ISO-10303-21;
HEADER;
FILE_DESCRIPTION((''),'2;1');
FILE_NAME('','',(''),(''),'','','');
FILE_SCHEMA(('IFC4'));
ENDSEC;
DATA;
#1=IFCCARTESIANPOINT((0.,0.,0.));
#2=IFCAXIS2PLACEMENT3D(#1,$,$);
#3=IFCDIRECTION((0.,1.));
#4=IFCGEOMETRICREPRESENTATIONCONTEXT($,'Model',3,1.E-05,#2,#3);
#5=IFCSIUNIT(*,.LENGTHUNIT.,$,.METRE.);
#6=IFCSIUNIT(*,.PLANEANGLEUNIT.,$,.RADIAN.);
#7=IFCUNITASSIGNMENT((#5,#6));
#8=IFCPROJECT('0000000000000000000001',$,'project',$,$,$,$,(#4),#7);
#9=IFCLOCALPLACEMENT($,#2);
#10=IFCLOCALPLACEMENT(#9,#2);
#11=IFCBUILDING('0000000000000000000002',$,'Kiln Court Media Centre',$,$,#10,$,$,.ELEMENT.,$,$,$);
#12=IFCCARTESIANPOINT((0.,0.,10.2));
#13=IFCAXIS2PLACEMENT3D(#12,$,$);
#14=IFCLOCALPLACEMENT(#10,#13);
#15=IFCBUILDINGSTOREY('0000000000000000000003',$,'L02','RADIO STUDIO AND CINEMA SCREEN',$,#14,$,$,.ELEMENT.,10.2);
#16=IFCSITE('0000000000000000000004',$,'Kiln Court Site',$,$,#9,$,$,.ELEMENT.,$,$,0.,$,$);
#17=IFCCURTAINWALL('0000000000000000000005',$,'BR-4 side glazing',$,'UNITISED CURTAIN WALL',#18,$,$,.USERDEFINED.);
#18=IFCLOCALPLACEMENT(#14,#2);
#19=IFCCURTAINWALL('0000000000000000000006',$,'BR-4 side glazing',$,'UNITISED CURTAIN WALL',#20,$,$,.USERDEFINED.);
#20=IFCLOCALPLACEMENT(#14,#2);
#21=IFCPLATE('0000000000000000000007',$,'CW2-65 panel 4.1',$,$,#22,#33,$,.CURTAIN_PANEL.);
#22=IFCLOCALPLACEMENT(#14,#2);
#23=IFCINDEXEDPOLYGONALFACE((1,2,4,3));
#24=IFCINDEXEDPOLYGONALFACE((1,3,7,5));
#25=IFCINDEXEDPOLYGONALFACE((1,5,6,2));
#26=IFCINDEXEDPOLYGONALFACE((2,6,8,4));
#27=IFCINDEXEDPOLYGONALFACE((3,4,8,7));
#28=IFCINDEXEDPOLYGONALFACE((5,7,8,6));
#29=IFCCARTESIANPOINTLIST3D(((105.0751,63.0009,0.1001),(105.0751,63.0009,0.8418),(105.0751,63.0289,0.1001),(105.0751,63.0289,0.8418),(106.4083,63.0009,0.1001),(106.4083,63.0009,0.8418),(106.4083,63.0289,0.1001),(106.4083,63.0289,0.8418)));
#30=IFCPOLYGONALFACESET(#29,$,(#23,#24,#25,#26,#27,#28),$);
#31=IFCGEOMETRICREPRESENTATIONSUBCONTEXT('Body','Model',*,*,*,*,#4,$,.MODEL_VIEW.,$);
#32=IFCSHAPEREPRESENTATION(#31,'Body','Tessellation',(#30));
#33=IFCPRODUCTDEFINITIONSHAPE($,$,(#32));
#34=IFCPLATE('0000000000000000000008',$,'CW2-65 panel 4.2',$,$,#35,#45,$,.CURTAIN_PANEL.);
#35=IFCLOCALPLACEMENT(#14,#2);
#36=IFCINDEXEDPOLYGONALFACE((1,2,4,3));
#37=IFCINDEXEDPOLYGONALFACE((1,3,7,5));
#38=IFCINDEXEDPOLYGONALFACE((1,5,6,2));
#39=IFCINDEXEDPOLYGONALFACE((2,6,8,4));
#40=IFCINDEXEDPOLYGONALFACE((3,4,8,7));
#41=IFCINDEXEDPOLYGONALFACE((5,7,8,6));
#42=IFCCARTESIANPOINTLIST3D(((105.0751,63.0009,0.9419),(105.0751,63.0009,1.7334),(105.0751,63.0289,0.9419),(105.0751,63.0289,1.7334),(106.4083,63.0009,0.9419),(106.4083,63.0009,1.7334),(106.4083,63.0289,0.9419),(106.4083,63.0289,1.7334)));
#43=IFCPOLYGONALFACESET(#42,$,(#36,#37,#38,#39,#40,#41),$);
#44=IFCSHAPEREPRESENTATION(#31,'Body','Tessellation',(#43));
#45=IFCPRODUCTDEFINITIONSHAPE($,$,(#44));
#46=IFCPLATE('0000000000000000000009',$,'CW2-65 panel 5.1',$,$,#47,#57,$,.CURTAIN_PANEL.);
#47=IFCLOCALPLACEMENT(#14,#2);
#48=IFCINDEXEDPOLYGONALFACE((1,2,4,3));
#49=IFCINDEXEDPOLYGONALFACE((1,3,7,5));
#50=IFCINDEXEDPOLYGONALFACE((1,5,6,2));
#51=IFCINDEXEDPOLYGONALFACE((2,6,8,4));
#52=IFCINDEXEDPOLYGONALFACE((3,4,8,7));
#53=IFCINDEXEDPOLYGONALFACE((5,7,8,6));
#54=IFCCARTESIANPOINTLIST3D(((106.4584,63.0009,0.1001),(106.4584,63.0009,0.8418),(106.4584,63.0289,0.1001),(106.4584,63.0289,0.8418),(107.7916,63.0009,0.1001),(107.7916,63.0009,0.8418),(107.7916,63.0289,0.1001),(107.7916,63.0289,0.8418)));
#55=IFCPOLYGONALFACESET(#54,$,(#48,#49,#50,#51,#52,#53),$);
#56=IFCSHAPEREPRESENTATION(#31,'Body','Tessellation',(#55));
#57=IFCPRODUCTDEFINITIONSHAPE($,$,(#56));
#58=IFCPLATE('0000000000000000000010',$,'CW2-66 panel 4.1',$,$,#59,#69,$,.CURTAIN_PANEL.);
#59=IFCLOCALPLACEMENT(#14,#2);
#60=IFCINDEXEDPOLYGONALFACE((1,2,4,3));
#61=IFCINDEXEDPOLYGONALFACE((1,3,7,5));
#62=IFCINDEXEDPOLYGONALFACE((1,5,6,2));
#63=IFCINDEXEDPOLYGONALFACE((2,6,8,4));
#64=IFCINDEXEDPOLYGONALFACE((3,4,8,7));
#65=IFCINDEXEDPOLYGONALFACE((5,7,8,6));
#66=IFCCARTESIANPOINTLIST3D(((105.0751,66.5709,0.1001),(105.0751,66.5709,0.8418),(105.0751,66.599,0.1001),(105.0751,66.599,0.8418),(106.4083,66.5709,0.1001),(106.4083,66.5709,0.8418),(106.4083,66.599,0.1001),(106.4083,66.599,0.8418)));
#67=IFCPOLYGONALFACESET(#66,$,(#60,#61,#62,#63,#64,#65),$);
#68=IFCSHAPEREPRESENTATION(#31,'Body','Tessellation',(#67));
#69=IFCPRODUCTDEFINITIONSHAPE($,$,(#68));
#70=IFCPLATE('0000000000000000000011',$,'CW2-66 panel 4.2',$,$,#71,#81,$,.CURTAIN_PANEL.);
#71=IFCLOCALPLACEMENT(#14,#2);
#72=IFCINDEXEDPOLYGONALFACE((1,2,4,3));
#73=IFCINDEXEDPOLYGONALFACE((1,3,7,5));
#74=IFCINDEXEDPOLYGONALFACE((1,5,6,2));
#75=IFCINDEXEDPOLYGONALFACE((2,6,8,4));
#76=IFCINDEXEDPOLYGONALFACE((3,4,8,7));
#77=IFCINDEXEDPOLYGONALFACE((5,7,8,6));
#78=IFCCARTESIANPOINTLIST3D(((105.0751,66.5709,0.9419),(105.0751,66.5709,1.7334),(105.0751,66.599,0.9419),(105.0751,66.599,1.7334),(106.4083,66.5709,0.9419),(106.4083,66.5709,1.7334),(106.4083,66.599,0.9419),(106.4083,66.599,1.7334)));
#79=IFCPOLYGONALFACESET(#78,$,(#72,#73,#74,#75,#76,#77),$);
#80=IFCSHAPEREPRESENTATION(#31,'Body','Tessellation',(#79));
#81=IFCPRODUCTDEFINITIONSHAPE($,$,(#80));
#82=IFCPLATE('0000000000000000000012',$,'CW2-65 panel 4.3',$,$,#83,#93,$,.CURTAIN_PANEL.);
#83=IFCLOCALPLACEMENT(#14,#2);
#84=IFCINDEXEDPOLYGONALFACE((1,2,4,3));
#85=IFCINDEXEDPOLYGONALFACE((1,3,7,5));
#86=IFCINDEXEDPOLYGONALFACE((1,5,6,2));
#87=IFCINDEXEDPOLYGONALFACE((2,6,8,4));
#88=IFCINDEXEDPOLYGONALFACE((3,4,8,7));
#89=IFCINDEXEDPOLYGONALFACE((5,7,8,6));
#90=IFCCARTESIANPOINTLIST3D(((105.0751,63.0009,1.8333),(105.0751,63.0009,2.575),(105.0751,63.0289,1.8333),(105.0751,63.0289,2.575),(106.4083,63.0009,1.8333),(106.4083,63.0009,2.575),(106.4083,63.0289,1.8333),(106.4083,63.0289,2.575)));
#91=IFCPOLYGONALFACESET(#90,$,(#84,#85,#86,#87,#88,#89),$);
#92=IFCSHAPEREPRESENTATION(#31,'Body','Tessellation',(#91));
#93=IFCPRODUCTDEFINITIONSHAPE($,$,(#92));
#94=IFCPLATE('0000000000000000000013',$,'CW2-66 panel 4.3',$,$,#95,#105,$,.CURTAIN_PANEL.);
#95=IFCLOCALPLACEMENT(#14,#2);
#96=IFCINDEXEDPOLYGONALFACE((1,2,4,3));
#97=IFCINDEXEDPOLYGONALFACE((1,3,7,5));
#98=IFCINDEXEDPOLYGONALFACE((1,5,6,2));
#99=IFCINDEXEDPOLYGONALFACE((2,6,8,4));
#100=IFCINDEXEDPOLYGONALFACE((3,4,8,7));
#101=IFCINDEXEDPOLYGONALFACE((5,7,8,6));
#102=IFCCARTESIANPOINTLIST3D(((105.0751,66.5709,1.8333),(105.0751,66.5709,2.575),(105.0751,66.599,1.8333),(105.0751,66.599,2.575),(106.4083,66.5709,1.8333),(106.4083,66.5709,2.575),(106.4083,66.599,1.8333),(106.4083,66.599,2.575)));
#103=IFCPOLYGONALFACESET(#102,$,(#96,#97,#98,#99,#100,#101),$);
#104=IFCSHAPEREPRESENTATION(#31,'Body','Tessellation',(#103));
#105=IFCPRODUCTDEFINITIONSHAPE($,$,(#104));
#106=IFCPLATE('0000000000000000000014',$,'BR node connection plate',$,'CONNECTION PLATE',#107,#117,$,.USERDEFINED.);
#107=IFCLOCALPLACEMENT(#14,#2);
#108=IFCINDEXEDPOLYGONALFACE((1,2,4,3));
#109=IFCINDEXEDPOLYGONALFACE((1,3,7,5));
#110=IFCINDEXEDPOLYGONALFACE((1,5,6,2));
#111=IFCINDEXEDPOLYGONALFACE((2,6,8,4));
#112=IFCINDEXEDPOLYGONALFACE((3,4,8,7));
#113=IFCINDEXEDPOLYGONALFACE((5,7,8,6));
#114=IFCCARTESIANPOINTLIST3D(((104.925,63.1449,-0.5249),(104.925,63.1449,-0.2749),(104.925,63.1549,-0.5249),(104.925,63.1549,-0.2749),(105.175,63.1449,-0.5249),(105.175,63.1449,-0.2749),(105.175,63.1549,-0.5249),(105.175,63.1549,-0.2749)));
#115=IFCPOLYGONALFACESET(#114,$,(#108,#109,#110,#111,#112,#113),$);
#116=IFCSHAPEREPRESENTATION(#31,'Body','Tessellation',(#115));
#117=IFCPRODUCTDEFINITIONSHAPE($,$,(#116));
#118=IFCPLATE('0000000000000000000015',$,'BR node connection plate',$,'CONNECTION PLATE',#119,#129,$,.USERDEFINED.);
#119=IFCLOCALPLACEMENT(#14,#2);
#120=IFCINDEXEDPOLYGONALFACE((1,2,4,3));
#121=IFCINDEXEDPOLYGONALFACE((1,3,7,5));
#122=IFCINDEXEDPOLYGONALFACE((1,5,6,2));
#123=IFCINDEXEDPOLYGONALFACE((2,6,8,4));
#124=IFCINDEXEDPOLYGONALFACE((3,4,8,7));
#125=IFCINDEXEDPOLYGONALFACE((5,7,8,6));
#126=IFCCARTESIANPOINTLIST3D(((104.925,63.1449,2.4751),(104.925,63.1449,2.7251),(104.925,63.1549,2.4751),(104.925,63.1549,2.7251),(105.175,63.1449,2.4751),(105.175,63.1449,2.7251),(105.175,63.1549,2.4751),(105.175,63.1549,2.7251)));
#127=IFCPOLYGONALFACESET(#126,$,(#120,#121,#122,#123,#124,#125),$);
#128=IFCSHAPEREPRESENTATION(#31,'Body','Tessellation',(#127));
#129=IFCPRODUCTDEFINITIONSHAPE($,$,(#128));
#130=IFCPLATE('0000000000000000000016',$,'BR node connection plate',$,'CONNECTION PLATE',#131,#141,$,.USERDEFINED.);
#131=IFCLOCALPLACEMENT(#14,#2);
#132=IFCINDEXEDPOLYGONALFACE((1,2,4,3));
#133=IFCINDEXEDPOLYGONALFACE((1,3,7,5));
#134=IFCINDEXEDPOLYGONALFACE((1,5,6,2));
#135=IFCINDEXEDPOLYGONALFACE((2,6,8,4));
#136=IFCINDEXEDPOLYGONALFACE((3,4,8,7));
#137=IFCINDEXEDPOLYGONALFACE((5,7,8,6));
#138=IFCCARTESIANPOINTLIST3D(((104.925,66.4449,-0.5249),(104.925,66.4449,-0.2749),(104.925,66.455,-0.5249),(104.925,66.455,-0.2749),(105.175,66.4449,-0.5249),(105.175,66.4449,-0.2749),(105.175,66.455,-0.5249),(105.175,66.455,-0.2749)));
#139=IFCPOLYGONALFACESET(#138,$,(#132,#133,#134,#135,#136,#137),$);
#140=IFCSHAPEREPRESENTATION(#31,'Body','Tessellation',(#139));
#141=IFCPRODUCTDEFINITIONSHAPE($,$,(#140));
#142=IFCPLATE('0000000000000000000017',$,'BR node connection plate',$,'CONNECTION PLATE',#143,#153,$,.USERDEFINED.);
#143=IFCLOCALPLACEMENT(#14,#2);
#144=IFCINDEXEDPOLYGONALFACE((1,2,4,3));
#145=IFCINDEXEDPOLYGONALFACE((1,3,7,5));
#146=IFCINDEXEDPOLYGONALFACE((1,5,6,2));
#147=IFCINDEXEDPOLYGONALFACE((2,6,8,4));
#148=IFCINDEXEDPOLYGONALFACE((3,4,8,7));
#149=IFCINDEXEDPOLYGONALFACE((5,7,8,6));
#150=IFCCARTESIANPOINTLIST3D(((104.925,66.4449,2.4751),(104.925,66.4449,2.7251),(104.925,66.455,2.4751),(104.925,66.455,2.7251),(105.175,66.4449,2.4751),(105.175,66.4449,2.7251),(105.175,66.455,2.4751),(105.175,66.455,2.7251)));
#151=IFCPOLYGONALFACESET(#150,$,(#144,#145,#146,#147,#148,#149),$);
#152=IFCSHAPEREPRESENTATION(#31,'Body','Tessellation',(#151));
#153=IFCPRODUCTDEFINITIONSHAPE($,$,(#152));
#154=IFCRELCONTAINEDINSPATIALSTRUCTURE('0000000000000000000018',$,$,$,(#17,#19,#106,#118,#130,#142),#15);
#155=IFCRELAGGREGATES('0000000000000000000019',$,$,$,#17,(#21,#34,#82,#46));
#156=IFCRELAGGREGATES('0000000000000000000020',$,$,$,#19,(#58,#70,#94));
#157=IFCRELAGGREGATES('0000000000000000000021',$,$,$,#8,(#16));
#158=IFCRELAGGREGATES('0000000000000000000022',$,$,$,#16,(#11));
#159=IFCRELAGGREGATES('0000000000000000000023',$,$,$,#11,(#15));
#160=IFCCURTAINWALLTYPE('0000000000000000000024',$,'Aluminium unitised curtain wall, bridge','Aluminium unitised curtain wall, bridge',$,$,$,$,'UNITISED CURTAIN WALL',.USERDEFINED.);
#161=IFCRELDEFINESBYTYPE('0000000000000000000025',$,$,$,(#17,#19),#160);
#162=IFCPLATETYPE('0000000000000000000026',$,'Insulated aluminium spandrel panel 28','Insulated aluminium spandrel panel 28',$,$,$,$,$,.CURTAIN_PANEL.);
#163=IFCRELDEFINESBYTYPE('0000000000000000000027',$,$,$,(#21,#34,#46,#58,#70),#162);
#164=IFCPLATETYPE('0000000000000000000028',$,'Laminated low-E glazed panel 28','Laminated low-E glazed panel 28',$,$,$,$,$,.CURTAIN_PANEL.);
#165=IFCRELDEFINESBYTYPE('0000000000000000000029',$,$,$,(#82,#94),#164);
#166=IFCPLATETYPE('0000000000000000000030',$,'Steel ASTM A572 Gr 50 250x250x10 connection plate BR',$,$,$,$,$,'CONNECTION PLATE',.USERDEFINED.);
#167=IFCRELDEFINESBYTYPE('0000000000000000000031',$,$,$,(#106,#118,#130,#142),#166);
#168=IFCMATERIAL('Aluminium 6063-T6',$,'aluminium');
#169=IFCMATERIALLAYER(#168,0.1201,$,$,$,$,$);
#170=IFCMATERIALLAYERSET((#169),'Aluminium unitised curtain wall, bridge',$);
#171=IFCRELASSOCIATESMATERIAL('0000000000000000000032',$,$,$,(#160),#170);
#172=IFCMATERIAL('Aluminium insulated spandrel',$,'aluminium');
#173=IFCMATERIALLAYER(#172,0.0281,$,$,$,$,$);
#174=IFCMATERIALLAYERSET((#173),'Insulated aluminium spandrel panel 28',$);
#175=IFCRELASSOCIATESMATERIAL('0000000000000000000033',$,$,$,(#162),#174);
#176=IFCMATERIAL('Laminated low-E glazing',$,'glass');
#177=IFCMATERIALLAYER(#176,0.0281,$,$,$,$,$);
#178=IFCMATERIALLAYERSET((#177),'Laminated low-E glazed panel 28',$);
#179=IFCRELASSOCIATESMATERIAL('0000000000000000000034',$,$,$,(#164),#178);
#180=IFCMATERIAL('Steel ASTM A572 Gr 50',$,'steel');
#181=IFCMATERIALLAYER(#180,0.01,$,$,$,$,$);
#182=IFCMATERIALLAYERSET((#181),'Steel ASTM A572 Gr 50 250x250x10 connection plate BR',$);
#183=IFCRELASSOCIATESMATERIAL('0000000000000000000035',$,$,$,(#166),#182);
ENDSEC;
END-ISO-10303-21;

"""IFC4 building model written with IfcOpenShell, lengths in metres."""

from ifc_helpers import new_model, si_unit, direction, frame, origin, origin_2d, place, context, subcontext, project, spatial, rectangle, extrude, material, layer, layer_set, type_object, element, aggregate, save


model = new_model("IFC4")

# Units and contexts
model_context = context("Model", 3, precision=1e-05, world=origin(), true_north=direction((0.0, 1.0)))
body_context = subcontext(model_context, "Body", "Model", "MODEL_VIEW")
ifc_project = project(units=[si_unit("LENGTHUNIT", "METRE"), si_unit("PLANEANGLEUNIT", "RADIAN")], contexts=[model_context])

# Site, building, storey
site_placement = place(None, origin())
site = spatial("IfcSite", under=ifc_project, at=site_placement, Name="Kiln Court Site", CompositionType="ELEMENT", RefElevation=0.0)
building_placement = place(site_placement, origin())
building = spatial("IfcBuilding", under=site, at=building_placement, Name="Kiln Court Media Centre", CompositionType="ELEMENT")
storey_placement = place(building_placement, frame((0.0, 0.0, 10.2)))
storey = spatial("IfcBuildingStorey", under=building, at=storey_placement, Name="L02", Description="RADIO STUDIO AND CINEMA SCREEN", CompositionType="ELEMENT", Elevation=10.2)

# Curtain walls
ifc_material_1 = material(Name="Aluminium 6063-T6", Category="aluminium")
ifc_layer_1 = layer(ifc_material_1, 0.1201)
ifc_layer_set_1 = layer_set([ifc_layer_1], Name="Aluminium unitised curtain wall, bridge")
curtain_wall_type = type_object("IfcCurtainWallType", Name="Aluminium unitised curtain wall, bridge", Description="Aluminium unitised curtain wall, bridge", ElementType="UNITISED CURTAIN WALL", PredefinedType="USERDEFINED", material=ifc_layer_set_1)
curtain_wall_1_placement = place(storey_placement, origin())
curtain_wall_1 = element("IfcCurtainWall", 1, at=curtain_wall_1_placement, inside=storey, type_object=curtain_wall_type, Name="BR-4 side glazing", ObjectType="UNITISED CURTAIN WALL", PredefinedType="USERDEFINED")
curtain_wall_2_placement = place(storey_placement, origin())
curtain_wall_2 = element("IfcCurtainWall", 2, at=curtain_wall_2_placement, inside=storey, type_object=curtain_wall_type, Name="BR-4 side glazing", ObjectType="UNITISED CURTAIN WALL", PredefinedType="USERDEFINED")

# Plates
ifc_material_2 = material(Name="Aluminium insulated spandrel", Category="aluminium")
ifc_layer_2 = layer(ifc_material_2, 0.0281)
ifc_layer_set_2 = layer_set([ifc_layer_2], Name="Insulated aluminium spandrel panel 28")
plate_type_1 = type_object("IfcPlateType", Name="Insulated aluminium spandrel panel 28", Description="Insulated aluminium spandrel panel 28", PredefinedType="CURTAIN_PANEL", material=ifc_layer_set_2)
plate_1_placement = place(storey_placement, frame((105.7417, 63.0149, 0.1001), z_axis=(0.0, 0.0, 1.0), x_axis=(1.0, 0.0, 0.0)))
plate_1 = element("IfcPlate", 3, at=plate_1_placement, type_object=plate_type_1, Name="CW2-65 panel 4.1", PredefinedType="CURTAIN_PANEL", context=body_context, shape_type="SweptSolid", body=[
    extrude(rectangle(XDim=1.3333, YDim=0.0281, at=origin_2d()), origin(), (0.0, 0.0, 1.0), 0.7417),
])
plate_2_placement = place(storey_placement, frame((105.7417, 63.0149, 0.9419), z_axis=(0.0, 0.0, 1.0), x_axis=(1.0, 0.0, 0.0)))
plate_2 = element("IfcPlate", 4, at=plate_2_placement, type_object=plate_type_1, Name="CW2-65 panel 4.2", PredefinedType="CURTAIN_PANEL", context=body_context, shape_type="SweptSolid", body=[
    extrude(rectangle(XDim=1.3333, YDim=0.0281, at=origin_2d()), origin(), (0.0, 0.0, 1.0), 0.7915),
])
plate_3_placement = place(storey_placement, frame((107.125, 63.0149, 0.1001), z_axis=(0.0, 0.0, 1.0), x_axis=(1.0, 0.0, 0.0)))
plate_3 = element("IfcPlate", 5, at=plate_3_placement, type_object=plate_type_1, Name="CW2-65 panel 5.1", PredefinedType="CURTAIN_PANEL", context=body_context, shape_type="SweptSolid", body=[
    extrude(rectangle(XDim=1.3333, YDim=0.0281, at=origin_2d()), origin(), (0.0, 0.0, 1.0), 0.7417),
])
plate_4_placement = place(storey_placement, frame((105.7417, 66.585, 0.1001), z_axis=(0.0, 0.0, 1.0), x_axis=(1.0, 0.0, 0.0)))
plate_4 = element("IfcPlate", 6, at=plate_4_placement, type_object=plate_type_1, Name="CW2-66 panel 4.1", PredefinedType="CURTAIN_PANEL", context=body_context, shape_type="SweptSolid", body=[
    extrude(rectangle(XDim=1.3333, YDim=0.0281, at=origin_2d()), origin(), (0.0, 0.0, 1.0), 0.7417),
])
plate_5_placement = place(storey_placement, frame((105.7417, 66.585, 0.9419), z_axis=(0.0, 0.0, 1.0), x_axis=(1.0, 0.0, 0.0)))
plate_5 = element("IfcPlate", 7, at=plate_5_placement, type_object=plate_type_1, Name="CW2-66 panel 4.2", PredefinedType="CURTAIN_PANEL", context=body_context, shape_type="SweptSolid", body=[
    extrude(rectangle(XDim=1.3333, YDim=0.0281, at=origin_2d()), origin(), (0.0, 0.0, 1.0), 0.7915),
])
ifc_material_3 = material(Name="Laminated low-E glazing", Category="glass")
ifc_layer_3 = layer(ifc_material_3, 0.0281)
ifc_layer_set_3 = layer_set([ifc_layer_3], Name="Laminated low-E glazed panel 28")
plate_type_2 = type_object("IfcPlateType", Name="Laminated low-E glazed panel 28", Description="Laminated low-E glazed panel 28", PredefinedType="CURTAIN_PANEL", material=ifc_layer_set_3)
plate_6_placement = place(storey_placement, frame((105.7417, 63.0149, 1.8333), z_axis=(0.0, 0.0, 1.0), x_axis=(1.0, 0.0, 0.0)))
plate_6 = element("IfcPlate", 8, at=plate_6_placement, type_object=plate_type_2, Name="CW2-65 panel 4.3", PredefinedType="CURTAIN_PANEL", context=body_context, shape_type="SweptSolid", body=[
    extrude(rectangle(XDim=1.3333, YDim=0.0281, at=origin_2d()), origin(), (0.0, 0.0, 1.0), 0.7417),
])
aggregate(curtain_wall_1, [plate_1, plate_2, plate_6, plate_3])
plate_7_placement = place(storey_placement, frame((105.7417, 66.585, 1.8333), z_axis=(0.0, 0.0, 1.0), x_axis=(1.0, 0.0, 0.0)))
plate_7 = element("IfcPlate", 9, at=plate_7_placement, type_object=plate_type_2, Name="CW2-66 panel 4.3", PredefinedType="CURTAIN_PANEL", context=body_context, shape_type="SweptSolid", body=[
    extrude(rectangle(XDim=1.3333, YDim=0.0281, at=origin_2d()), origin(), (0.0, 0.0, 1.0), 0.7417),
])
aggregate(curtain_wall_2, [plate_4, plate_5, plate_7])

# Plates
ifc_material_4 = material(Name="Steel ASTM A572 Gr 50", Category="steel")
ifc_layer_4 = layer(ifc_material_4, 0.01)
ifc_layer_set_4 = layer_set([ifc_layer_4], Name="Steel ASTM A572 Gr 50 250x250x10 connection plate BR")
plate_type_3 = type_object("IfcPlateType", Name="Steel ASTM A572 Gr 50 250x250x10 connection plate BR", ElementType="CONNECTION PLATE", PredefinedType="USERDEFINED", material=ifc_layer_set_4)
for number, where, z_axis, x_axis, name in (
    (10, (105.05, 63.1499, -0.5249), (0.0, 0.0, 1.0), (1.0, 0.0, 0.0), "BR node connection plate"),
    (11, (105.05, 63.1499, 2.4751), (0.0, 0.0, 1.0), (1.0, 0.0, 0.0), "BR node connection plate"),
    (12, (105.05, 66.45, -0.5249), (0.0, 0.0, 1.0), (1.0, 0.0, 0.0), "BR node connection plate"),
    (13, (105.05, 66.45, 2.4751), (0.0, 0.0, 1.0), (1.0, 0.0, 0.0), "BR node connection plate"),
):
    element("IfcPlate", number, at=place(storey_placement, frame(where, z_axis=z_axis, x_axis=x_axis)), inside=storey, type_object=plate_type_3, Name=name, ObjectType="CONNECTION PLATE", PredefinedType="USERDEFINED", context=body_context, shape_type="SweptSolid", body=[
        extrude(rectangle(XDim=0.25, YDim=0.01, at=origin_2d()), origin(), (0.0, 0.0, 1.0), 0.25),
    ])

save(model, "model.ifc")
